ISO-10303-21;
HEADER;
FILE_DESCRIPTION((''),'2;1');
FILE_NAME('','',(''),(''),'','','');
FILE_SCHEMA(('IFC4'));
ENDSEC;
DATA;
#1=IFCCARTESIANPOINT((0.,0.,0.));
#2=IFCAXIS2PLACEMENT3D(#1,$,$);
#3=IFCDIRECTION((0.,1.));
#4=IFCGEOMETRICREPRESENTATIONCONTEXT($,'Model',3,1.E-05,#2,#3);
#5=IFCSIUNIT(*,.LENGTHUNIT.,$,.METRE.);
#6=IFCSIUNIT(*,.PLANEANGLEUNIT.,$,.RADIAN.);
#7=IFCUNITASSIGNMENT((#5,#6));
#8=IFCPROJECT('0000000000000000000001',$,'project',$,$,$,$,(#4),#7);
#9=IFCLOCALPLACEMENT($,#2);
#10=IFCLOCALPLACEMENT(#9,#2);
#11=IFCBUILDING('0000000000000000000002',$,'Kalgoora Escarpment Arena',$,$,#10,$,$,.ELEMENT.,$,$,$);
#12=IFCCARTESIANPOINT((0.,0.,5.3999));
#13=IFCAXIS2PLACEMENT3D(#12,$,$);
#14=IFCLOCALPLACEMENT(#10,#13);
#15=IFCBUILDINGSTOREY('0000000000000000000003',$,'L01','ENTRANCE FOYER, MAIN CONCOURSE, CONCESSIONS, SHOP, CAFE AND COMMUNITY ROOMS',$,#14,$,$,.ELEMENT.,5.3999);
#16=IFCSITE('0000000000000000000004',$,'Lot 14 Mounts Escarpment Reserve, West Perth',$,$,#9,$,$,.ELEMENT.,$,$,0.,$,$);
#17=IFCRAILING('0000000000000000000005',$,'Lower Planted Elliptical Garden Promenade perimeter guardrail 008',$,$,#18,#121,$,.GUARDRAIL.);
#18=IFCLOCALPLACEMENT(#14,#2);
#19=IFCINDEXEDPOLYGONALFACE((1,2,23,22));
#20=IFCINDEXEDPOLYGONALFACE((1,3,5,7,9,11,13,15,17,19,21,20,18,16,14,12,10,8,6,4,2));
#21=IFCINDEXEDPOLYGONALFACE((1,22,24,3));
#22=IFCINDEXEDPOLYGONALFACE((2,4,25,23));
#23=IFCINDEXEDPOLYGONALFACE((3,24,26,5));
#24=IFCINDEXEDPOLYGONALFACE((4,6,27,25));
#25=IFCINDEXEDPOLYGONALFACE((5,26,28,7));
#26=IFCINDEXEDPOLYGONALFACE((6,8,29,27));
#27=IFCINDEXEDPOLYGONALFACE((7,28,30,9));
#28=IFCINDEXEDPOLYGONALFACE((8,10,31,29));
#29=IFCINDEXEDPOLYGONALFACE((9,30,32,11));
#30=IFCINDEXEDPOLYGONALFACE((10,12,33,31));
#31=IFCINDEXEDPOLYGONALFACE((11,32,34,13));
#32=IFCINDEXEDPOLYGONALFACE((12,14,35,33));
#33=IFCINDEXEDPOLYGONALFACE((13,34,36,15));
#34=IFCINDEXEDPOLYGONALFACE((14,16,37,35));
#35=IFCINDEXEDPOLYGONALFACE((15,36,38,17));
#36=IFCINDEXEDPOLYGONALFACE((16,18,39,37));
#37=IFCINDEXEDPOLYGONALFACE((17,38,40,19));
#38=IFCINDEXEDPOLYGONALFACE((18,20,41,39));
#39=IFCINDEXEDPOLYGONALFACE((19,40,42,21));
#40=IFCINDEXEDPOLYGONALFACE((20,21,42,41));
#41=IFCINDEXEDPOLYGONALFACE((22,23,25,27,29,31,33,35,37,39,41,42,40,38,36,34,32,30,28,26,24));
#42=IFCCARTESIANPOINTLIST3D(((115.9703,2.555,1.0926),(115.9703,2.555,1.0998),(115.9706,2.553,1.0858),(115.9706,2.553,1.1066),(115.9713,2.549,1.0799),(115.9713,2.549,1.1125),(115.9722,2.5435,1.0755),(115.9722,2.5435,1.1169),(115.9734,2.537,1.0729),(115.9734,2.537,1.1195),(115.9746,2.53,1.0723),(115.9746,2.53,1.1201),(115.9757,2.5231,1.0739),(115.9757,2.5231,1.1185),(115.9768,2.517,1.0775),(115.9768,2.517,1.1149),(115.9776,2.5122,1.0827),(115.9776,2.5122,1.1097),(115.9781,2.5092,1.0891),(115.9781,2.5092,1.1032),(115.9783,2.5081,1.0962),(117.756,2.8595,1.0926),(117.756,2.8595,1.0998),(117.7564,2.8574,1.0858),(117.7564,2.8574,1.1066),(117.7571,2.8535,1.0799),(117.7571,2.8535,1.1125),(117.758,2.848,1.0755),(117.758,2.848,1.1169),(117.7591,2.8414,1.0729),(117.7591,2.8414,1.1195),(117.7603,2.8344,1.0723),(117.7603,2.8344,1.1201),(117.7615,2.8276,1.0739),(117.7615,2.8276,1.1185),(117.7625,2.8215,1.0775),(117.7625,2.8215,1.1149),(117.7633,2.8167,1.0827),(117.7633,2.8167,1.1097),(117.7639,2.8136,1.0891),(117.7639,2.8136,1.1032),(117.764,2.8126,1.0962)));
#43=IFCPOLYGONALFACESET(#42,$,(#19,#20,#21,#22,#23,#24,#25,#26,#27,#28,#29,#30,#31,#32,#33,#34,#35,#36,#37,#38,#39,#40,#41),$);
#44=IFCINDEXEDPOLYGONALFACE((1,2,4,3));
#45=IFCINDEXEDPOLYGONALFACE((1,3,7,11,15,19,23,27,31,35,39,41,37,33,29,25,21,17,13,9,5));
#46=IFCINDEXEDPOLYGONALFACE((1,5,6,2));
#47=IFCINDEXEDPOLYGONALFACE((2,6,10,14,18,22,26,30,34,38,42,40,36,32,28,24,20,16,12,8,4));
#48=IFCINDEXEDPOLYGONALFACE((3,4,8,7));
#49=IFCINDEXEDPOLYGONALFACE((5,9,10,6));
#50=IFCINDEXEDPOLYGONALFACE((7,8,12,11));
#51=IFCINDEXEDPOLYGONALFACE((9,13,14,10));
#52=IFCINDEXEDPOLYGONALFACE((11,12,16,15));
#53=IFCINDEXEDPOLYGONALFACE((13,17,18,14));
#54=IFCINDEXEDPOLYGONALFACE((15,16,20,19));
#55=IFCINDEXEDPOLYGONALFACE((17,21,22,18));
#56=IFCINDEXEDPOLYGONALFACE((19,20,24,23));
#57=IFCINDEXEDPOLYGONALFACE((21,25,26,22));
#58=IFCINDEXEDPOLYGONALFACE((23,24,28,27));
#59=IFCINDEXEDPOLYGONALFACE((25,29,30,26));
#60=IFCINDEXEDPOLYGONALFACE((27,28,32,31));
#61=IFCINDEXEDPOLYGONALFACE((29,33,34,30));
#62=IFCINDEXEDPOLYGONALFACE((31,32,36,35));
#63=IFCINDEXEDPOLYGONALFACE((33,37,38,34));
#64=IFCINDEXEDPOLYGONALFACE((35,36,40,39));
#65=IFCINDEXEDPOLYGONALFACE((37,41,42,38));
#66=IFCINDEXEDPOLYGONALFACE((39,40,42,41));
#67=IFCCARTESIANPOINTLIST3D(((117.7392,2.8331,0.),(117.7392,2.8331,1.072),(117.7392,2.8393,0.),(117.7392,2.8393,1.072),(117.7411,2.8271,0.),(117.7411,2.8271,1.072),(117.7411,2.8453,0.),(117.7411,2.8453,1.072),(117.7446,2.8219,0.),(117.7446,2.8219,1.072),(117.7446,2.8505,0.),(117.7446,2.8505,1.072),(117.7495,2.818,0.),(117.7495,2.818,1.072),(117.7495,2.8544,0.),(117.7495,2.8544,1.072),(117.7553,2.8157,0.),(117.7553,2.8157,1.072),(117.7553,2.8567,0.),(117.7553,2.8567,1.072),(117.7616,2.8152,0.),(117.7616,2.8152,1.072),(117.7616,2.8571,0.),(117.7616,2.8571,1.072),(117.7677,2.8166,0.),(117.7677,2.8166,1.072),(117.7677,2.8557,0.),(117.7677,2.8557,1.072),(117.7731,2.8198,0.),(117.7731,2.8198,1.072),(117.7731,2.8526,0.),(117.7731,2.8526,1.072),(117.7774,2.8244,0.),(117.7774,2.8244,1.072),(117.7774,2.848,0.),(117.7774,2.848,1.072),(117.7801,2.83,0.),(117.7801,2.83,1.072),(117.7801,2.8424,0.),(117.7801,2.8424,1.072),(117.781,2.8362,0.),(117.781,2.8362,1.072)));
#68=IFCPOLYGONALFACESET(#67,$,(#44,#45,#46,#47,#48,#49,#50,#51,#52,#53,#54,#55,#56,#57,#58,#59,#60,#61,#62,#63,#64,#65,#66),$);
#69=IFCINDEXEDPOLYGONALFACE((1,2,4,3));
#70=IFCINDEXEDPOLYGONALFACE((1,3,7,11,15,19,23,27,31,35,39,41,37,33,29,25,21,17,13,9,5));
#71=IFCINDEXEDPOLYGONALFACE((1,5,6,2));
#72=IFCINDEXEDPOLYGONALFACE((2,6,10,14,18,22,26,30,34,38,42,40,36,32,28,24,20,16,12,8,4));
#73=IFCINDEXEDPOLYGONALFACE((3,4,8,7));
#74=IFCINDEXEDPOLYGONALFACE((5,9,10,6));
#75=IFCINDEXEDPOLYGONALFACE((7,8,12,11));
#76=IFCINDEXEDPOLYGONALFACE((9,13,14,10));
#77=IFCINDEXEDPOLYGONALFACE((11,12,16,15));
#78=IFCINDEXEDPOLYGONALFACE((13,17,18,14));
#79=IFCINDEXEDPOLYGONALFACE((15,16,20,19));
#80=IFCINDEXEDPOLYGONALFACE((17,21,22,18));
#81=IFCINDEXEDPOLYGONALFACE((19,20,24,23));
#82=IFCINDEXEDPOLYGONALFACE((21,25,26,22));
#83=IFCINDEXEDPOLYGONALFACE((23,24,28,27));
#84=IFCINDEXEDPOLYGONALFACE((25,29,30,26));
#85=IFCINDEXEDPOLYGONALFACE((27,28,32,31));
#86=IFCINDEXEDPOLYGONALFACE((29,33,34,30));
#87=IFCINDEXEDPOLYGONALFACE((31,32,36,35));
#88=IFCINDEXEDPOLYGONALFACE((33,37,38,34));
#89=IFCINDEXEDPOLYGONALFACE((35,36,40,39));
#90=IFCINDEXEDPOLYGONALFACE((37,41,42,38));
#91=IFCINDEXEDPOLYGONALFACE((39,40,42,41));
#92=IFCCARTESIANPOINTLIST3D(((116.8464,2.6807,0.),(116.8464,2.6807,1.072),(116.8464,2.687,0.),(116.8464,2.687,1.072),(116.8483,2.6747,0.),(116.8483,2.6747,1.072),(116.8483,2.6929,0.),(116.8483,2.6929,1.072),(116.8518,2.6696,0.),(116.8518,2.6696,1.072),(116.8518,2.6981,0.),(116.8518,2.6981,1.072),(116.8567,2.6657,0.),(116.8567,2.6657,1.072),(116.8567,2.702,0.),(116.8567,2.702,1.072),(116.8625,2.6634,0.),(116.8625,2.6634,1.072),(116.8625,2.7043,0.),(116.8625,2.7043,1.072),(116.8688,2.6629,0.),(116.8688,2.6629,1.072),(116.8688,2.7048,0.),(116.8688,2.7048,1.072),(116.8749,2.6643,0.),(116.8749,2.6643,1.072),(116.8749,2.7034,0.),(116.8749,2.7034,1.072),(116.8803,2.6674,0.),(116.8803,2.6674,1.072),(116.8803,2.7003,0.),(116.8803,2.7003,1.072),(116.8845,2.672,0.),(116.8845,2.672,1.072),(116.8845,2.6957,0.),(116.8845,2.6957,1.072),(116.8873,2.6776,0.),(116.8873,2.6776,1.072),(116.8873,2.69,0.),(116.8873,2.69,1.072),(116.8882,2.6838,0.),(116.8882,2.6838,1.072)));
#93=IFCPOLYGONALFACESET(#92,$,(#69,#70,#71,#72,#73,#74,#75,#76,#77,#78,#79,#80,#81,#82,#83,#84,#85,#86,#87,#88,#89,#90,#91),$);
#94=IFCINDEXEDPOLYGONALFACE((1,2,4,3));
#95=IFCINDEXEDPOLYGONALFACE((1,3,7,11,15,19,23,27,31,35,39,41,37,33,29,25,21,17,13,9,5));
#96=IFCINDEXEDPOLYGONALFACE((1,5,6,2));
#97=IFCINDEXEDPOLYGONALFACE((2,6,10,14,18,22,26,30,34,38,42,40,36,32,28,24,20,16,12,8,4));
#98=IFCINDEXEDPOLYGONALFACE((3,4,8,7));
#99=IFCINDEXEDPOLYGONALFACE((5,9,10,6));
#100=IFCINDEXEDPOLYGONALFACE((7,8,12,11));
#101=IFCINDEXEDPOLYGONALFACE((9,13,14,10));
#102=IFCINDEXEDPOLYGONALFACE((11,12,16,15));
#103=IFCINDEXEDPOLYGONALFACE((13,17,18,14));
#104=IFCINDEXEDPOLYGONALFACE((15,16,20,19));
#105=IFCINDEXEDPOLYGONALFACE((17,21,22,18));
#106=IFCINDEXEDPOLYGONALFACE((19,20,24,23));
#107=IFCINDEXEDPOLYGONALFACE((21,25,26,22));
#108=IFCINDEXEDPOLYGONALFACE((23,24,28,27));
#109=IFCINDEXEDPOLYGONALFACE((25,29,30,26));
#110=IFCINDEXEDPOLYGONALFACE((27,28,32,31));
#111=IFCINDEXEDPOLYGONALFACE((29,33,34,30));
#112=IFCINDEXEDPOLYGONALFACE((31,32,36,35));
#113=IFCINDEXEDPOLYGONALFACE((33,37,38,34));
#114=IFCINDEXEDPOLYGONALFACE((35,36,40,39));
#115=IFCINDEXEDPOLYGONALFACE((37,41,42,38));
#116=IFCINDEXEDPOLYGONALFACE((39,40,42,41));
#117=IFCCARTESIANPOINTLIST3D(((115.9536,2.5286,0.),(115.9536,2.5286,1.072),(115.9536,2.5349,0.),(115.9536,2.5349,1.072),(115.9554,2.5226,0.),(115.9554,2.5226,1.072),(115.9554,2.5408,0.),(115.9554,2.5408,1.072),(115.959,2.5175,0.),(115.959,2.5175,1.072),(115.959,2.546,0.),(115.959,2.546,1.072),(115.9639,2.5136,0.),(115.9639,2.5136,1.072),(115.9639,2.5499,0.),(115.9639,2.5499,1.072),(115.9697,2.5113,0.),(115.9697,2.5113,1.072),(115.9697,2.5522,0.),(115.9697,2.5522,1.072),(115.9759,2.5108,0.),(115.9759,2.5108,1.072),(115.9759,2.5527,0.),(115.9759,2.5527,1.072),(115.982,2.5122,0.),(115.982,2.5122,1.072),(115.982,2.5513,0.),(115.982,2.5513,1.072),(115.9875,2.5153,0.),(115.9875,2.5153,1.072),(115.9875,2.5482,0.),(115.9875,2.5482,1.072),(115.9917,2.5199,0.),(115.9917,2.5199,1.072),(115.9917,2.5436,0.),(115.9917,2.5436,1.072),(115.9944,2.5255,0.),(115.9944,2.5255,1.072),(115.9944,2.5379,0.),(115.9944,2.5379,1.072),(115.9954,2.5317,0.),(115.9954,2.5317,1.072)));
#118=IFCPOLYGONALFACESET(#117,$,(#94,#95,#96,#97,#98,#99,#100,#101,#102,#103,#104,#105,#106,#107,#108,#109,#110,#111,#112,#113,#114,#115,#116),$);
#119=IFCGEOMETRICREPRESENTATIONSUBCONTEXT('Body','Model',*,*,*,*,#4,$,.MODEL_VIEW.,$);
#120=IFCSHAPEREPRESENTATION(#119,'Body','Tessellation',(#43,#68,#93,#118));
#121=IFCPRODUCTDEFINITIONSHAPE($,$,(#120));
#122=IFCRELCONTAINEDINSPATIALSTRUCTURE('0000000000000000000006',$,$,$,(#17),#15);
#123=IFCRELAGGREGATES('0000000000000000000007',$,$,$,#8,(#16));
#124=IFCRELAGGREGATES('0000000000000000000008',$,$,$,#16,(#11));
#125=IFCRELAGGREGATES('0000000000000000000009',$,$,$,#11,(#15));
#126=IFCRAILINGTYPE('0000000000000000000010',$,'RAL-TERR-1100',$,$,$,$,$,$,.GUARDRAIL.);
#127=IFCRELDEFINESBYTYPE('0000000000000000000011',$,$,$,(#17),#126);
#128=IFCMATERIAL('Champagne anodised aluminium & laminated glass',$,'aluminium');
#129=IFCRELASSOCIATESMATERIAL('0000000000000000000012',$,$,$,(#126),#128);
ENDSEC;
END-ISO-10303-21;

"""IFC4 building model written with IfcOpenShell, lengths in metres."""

from ifc_helpers import new_model, si_unit, direction, frame, origin, origin_2d, place, context, subcontext, project, spatial, circle, extrude, material, type_object, element, save


model = new_model("IFC4")

# Units and contexts
model_context = context("Model", 3, precision=1e-05, world=origin(), true_north=direction((0.0, 1.0)))
body_context = subcontext(model_context, "Body", "Model", "MODEL_VIEW")
ifc_project = project(units=[si_unit("LENGTHUNIT", "METRE"), si_unit("PLANEANGLEUNIT", "RADIAN")], contexts=[model_context])

# Site, building, storey
site_placement = place(None, origin())
site = spatial("IfcSite", under=ifc_project, at=site_placement, Name="Lot 14 Mounts Escarpment Reserve, West Perth", CompositionType="ELEMENT", RefElevation=0.0)
building_placement = place(site_placement, origin())
building = spatial("IfcBuilding", under=site, at=building_placement, Name="Kalgoora Escarpment Arena", CompositionType="ELEMENT")
storey_placement = place(building_placement, frame((0.0, 0.0, 5.3999)))
storey = spatial("IfcBuildingStorey", under=building, at=storey_placement, Name="L01", Description="ENTRANCE FOYER, MAIN CONCOURSE, CONCESSIONS, SHOP, CAFE AND COMMUNITY ROOMS", CompositionType="ELEMENT", Elevation=5.3999)

# Railing
ifc_material_1 = material(Name="Champagne anodised aluminium & laminated glass", Category="aluminium")
railing_type = type_object("IfcRailingType", Name="RAL-TERR-1100", PredefinedType="GUARDRAIL", material=ifc_material_1)
railing_1_placement = place(storey_placement, frame((117.76, 2.8362, 0.0)))
element("IfcRailing", 1, at=railing_1_placement, inside=storey, type_object=railing_type, Name="Lower Planted Elliptical Garden Promenade perimeter guardrail 008", PredefinedType="GUARDRAIL", context=body_context, shape_type="SweptSolid", body=[
    extrude(circle(Radius=0.0239, at=origin_2d()), frame((0.0, 0.0, 1.0962), z_axis=(-0.985775, -0.16807, 0.0), x_axis=(0.16807, -0.985775, 0.0)), (0.0, 0.0, 1.0), 1.8115),
    extrude(circle(Radius=0.021, at=origin_2d()), origin(), (0.0, 0.0, 1.0), 1.072),
    extrude(circle(Radius=0.021, at=origin_2d()), frame((-0.8928, -0.1523, 0.0)), (0.0, 0.0, 1.0), 1.072),
    extrude(circle(Radius=0.021, at=origin_2d()), frame((-1.7856, -0.3044, 0.0)), (0.0, 0.0, 1.0), 1.072),
])

save(model, "model.ifc")
